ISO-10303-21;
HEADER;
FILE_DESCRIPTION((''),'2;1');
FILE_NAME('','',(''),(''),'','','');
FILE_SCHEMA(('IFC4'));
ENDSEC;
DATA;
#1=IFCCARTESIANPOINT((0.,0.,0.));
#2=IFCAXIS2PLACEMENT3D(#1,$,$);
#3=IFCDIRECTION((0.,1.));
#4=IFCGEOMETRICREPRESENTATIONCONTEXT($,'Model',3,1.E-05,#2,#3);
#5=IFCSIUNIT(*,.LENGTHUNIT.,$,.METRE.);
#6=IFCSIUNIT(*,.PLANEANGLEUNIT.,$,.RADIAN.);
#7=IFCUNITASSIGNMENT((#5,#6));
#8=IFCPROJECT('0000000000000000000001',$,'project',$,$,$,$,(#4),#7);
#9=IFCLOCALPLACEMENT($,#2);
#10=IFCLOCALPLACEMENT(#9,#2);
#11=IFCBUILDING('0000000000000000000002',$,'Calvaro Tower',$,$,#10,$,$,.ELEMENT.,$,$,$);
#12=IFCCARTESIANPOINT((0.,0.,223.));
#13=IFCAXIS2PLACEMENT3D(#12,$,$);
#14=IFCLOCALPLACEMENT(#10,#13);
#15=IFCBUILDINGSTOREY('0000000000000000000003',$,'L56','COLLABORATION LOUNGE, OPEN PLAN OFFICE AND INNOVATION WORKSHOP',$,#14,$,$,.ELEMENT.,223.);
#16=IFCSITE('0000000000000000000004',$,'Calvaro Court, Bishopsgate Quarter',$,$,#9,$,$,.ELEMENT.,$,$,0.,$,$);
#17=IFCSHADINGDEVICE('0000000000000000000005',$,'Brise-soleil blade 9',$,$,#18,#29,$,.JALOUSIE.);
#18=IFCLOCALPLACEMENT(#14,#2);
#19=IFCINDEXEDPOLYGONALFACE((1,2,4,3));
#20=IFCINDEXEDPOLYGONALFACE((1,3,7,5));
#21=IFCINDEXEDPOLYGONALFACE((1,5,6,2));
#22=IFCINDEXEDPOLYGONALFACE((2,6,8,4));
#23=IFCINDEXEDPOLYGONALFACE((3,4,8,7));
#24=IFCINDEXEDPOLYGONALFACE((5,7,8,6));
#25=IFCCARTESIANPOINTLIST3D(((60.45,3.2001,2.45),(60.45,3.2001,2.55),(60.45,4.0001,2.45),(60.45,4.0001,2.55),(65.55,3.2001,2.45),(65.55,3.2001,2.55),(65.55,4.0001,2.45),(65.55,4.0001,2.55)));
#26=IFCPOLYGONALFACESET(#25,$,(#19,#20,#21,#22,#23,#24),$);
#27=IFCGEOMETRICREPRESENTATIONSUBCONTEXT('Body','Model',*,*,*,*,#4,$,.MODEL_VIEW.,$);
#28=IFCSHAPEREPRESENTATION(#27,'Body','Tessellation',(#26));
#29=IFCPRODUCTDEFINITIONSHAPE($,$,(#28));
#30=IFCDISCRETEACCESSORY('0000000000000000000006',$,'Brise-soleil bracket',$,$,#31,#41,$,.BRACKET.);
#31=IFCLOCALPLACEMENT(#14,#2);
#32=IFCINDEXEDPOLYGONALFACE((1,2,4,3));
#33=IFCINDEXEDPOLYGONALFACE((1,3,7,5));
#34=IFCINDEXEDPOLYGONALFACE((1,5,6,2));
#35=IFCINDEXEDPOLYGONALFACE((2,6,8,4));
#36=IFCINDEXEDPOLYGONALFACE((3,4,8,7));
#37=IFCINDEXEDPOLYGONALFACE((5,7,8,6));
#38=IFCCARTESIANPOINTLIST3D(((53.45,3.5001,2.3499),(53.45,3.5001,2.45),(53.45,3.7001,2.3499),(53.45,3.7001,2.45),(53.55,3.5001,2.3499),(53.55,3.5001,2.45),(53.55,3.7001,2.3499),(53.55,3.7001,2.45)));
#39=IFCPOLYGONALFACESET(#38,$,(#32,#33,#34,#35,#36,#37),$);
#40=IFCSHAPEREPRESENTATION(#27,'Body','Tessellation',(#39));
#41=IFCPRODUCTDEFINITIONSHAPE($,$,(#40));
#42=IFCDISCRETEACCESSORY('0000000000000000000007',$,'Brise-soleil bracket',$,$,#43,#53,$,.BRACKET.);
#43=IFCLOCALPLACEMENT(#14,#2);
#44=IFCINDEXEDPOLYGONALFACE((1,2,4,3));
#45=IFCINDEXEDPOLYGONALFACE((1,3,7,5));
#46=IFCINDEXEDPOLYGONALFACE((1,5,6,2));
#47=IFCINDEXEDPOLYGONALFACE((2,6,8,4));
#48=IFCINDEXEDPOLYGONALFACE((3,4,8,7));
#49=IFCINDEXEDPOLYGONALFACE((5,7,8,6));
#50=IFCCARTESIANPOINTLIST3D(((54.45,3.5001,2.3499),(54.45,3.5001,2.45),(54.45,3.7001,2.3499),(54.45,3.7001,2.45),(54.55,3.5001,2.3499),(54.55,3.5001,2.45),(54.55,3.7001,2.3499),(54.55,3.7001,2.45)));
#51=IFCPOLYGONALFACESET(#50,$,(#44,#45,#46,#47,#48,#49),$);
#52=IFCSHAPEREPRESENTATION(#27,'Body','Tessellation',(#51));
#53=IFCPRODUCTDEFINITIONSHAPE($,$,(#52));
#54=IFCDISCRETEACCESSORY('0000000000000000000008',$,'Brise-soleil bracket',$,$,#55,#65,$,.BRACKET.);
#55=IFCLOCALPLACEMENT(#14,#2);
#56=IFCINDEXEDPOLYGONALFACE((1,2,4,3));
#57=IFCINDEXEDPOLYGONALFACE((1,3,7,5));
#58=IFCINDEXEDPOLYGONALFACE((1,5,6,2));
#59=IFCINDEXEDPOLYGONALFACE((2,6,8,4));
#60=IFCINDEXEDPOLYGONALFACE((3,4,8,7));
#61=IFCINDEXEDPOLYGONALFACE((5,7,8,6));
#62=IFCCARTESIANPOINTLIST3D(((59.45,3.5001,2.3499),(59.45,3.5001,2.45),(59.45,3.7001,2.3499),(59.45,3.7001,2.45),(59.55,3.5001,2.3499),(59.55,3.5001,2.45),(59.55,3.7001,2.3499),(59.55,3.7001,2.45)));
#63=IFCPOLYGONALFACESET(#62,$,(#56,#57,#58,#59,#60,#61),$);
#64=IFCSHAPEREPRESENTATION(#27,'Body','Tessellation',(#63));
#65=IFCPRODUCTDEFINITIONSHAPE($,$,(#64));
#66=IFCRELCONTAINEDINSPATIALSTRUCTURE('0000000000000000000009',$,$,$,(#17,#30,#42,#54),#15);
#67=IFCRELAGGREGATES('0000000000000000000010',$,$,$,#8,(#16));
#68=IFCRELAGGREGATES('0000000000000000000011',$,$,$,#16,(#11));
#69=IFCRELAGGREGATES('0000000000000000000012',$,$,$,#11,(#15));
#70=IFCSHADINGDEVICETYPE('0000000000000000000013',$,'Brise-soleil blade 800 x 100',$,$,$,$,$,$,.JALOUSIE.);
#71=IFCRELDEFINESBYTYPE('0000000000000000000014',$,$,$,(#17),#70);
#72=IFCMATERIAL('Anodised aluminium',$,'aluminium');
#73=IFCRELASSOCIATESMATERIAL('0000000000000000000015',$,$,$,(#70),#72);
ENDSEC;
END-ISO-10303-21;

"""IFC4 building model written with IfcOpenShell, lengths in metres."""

from ifc_helpers import new_model, si_unit, direction, frame, origin, origin_2d, place, context, subcontext, project, spatial, rectangle, extrude, material, material_profile, profile_set, type_object, element, save


model = new_model("IFC4")

# Units and contexts
model_context = context("Model", 3, precision=1e-05, world=origin(), true_north=direction((0.0, 1.0)))
body_context = subcontext(model_context, "Body", "Model", "MODEL_VIEW")
ifc_project = project(units=[si_unit("LENGTHUNIT", "METRE"), si_unit("PLANEANGLEUNIT", "RADIAN")], contexts=[model_context])

# Site, building, storey
site_placement = place(None, origin())
site = spatial("IfcSite", under=ifc_project, at=site_placement, Name="Calvaro Court, Bishopsgate Quarter", CompositionType="ELEMENT", RefElevation=0.0)
building_placement = place(site_placement, origin())
building = spatial("IfcBuilding", under=site, at=building_placement, Name="Calvaro Tower", CompositionType="ELEMENT")
storey_placement = place(building_placement, frame((0.0, 0.0, 223.0)))
storey = spatial("IfcBuildingStorey", under=building, at=storey_placement, Name="L56", Description="COLLABORATION LOUNGE, OPEN PLAN OFFICE AND INNOVATION WORKSHOP", CompositionType="ELEMENT", Elevation=223.0)

# Shading device
ifc_material_1 = material(Name="Anodised aluminium", Category="aluminium")
ifc_material_profile_1 = material_profile(ifc_material_1, rectangle(XDim=0.8, YDim=0.1001, at=origin_2d()), Name="Brise-soleil blade 800 x 100")
ifc_profile_set_1 = profile_set([ifc_material_profile_1], Name="Anodised aluminium")
shading_device_type = type_object("IfcShadingDeviceType", Name="Brise-soleil blade 800 x 100", PredefinedType="JALOUSIE", material=ifc_profile_set_1)
for number, where, z_axis, x_axis, name in (
    (1, (60.45, 3.6001, 2.5), (1.0, 0.0, 0.0), (0.0, 1.0, 0.0), "Brise-soleil blade 9"),
):
    element("IfcShadingDevice", number, at=place(storey_placement, frame(where, z_axis=z_axis, x_axis=x_axis)), inside=storey, type_object=shading_device_type, Name=name, PredefinedType="JALOUSIE", context=body_context, shape_type="SweptSolid", body=[
        extrude(rectangle(XDim=0.8, YDim=0.1001, at=origin_2d()), origin(), (0.0, 0.0, 1.0), 5.1001),
    ])

# Discrete accessories
for number, where, z_axis, x_axis, name in (
    (2, (53.5, 3.6001, 2.3499), (0.0, 0.0, 1.0), (1.0, 0.0, 0.0), "Brise-soleil bracket"),
    (3, (54.5, 3.6001, 2.3499), (0.0, 0.0, 1.0), (1.0, 0.0, 0.0), "Brise-soleil bracket"),
    (4, (59.5, 3.6001, 2.3499), (0.0, 0.0, 1.0), (1.0, 0.0, 0.0), "Brise-soleil bracket"),
):
    element("IfcDiscreteAccessory", number, at=place(storey_placement, frame(where, z_axis=z_axis, x_axis=x_axis)), inside=storey, Name=name, PredefinedType="BRACKET", context=body_context, shape_type="SweptSolid", body=[
        extrude(rectangle(XDim=0.1001, YDim=0.2, at=origin_2d()), origin(), (0.0, 0.0, 1.0), 0.1001),
    ])

save(model, "model.ifc")
